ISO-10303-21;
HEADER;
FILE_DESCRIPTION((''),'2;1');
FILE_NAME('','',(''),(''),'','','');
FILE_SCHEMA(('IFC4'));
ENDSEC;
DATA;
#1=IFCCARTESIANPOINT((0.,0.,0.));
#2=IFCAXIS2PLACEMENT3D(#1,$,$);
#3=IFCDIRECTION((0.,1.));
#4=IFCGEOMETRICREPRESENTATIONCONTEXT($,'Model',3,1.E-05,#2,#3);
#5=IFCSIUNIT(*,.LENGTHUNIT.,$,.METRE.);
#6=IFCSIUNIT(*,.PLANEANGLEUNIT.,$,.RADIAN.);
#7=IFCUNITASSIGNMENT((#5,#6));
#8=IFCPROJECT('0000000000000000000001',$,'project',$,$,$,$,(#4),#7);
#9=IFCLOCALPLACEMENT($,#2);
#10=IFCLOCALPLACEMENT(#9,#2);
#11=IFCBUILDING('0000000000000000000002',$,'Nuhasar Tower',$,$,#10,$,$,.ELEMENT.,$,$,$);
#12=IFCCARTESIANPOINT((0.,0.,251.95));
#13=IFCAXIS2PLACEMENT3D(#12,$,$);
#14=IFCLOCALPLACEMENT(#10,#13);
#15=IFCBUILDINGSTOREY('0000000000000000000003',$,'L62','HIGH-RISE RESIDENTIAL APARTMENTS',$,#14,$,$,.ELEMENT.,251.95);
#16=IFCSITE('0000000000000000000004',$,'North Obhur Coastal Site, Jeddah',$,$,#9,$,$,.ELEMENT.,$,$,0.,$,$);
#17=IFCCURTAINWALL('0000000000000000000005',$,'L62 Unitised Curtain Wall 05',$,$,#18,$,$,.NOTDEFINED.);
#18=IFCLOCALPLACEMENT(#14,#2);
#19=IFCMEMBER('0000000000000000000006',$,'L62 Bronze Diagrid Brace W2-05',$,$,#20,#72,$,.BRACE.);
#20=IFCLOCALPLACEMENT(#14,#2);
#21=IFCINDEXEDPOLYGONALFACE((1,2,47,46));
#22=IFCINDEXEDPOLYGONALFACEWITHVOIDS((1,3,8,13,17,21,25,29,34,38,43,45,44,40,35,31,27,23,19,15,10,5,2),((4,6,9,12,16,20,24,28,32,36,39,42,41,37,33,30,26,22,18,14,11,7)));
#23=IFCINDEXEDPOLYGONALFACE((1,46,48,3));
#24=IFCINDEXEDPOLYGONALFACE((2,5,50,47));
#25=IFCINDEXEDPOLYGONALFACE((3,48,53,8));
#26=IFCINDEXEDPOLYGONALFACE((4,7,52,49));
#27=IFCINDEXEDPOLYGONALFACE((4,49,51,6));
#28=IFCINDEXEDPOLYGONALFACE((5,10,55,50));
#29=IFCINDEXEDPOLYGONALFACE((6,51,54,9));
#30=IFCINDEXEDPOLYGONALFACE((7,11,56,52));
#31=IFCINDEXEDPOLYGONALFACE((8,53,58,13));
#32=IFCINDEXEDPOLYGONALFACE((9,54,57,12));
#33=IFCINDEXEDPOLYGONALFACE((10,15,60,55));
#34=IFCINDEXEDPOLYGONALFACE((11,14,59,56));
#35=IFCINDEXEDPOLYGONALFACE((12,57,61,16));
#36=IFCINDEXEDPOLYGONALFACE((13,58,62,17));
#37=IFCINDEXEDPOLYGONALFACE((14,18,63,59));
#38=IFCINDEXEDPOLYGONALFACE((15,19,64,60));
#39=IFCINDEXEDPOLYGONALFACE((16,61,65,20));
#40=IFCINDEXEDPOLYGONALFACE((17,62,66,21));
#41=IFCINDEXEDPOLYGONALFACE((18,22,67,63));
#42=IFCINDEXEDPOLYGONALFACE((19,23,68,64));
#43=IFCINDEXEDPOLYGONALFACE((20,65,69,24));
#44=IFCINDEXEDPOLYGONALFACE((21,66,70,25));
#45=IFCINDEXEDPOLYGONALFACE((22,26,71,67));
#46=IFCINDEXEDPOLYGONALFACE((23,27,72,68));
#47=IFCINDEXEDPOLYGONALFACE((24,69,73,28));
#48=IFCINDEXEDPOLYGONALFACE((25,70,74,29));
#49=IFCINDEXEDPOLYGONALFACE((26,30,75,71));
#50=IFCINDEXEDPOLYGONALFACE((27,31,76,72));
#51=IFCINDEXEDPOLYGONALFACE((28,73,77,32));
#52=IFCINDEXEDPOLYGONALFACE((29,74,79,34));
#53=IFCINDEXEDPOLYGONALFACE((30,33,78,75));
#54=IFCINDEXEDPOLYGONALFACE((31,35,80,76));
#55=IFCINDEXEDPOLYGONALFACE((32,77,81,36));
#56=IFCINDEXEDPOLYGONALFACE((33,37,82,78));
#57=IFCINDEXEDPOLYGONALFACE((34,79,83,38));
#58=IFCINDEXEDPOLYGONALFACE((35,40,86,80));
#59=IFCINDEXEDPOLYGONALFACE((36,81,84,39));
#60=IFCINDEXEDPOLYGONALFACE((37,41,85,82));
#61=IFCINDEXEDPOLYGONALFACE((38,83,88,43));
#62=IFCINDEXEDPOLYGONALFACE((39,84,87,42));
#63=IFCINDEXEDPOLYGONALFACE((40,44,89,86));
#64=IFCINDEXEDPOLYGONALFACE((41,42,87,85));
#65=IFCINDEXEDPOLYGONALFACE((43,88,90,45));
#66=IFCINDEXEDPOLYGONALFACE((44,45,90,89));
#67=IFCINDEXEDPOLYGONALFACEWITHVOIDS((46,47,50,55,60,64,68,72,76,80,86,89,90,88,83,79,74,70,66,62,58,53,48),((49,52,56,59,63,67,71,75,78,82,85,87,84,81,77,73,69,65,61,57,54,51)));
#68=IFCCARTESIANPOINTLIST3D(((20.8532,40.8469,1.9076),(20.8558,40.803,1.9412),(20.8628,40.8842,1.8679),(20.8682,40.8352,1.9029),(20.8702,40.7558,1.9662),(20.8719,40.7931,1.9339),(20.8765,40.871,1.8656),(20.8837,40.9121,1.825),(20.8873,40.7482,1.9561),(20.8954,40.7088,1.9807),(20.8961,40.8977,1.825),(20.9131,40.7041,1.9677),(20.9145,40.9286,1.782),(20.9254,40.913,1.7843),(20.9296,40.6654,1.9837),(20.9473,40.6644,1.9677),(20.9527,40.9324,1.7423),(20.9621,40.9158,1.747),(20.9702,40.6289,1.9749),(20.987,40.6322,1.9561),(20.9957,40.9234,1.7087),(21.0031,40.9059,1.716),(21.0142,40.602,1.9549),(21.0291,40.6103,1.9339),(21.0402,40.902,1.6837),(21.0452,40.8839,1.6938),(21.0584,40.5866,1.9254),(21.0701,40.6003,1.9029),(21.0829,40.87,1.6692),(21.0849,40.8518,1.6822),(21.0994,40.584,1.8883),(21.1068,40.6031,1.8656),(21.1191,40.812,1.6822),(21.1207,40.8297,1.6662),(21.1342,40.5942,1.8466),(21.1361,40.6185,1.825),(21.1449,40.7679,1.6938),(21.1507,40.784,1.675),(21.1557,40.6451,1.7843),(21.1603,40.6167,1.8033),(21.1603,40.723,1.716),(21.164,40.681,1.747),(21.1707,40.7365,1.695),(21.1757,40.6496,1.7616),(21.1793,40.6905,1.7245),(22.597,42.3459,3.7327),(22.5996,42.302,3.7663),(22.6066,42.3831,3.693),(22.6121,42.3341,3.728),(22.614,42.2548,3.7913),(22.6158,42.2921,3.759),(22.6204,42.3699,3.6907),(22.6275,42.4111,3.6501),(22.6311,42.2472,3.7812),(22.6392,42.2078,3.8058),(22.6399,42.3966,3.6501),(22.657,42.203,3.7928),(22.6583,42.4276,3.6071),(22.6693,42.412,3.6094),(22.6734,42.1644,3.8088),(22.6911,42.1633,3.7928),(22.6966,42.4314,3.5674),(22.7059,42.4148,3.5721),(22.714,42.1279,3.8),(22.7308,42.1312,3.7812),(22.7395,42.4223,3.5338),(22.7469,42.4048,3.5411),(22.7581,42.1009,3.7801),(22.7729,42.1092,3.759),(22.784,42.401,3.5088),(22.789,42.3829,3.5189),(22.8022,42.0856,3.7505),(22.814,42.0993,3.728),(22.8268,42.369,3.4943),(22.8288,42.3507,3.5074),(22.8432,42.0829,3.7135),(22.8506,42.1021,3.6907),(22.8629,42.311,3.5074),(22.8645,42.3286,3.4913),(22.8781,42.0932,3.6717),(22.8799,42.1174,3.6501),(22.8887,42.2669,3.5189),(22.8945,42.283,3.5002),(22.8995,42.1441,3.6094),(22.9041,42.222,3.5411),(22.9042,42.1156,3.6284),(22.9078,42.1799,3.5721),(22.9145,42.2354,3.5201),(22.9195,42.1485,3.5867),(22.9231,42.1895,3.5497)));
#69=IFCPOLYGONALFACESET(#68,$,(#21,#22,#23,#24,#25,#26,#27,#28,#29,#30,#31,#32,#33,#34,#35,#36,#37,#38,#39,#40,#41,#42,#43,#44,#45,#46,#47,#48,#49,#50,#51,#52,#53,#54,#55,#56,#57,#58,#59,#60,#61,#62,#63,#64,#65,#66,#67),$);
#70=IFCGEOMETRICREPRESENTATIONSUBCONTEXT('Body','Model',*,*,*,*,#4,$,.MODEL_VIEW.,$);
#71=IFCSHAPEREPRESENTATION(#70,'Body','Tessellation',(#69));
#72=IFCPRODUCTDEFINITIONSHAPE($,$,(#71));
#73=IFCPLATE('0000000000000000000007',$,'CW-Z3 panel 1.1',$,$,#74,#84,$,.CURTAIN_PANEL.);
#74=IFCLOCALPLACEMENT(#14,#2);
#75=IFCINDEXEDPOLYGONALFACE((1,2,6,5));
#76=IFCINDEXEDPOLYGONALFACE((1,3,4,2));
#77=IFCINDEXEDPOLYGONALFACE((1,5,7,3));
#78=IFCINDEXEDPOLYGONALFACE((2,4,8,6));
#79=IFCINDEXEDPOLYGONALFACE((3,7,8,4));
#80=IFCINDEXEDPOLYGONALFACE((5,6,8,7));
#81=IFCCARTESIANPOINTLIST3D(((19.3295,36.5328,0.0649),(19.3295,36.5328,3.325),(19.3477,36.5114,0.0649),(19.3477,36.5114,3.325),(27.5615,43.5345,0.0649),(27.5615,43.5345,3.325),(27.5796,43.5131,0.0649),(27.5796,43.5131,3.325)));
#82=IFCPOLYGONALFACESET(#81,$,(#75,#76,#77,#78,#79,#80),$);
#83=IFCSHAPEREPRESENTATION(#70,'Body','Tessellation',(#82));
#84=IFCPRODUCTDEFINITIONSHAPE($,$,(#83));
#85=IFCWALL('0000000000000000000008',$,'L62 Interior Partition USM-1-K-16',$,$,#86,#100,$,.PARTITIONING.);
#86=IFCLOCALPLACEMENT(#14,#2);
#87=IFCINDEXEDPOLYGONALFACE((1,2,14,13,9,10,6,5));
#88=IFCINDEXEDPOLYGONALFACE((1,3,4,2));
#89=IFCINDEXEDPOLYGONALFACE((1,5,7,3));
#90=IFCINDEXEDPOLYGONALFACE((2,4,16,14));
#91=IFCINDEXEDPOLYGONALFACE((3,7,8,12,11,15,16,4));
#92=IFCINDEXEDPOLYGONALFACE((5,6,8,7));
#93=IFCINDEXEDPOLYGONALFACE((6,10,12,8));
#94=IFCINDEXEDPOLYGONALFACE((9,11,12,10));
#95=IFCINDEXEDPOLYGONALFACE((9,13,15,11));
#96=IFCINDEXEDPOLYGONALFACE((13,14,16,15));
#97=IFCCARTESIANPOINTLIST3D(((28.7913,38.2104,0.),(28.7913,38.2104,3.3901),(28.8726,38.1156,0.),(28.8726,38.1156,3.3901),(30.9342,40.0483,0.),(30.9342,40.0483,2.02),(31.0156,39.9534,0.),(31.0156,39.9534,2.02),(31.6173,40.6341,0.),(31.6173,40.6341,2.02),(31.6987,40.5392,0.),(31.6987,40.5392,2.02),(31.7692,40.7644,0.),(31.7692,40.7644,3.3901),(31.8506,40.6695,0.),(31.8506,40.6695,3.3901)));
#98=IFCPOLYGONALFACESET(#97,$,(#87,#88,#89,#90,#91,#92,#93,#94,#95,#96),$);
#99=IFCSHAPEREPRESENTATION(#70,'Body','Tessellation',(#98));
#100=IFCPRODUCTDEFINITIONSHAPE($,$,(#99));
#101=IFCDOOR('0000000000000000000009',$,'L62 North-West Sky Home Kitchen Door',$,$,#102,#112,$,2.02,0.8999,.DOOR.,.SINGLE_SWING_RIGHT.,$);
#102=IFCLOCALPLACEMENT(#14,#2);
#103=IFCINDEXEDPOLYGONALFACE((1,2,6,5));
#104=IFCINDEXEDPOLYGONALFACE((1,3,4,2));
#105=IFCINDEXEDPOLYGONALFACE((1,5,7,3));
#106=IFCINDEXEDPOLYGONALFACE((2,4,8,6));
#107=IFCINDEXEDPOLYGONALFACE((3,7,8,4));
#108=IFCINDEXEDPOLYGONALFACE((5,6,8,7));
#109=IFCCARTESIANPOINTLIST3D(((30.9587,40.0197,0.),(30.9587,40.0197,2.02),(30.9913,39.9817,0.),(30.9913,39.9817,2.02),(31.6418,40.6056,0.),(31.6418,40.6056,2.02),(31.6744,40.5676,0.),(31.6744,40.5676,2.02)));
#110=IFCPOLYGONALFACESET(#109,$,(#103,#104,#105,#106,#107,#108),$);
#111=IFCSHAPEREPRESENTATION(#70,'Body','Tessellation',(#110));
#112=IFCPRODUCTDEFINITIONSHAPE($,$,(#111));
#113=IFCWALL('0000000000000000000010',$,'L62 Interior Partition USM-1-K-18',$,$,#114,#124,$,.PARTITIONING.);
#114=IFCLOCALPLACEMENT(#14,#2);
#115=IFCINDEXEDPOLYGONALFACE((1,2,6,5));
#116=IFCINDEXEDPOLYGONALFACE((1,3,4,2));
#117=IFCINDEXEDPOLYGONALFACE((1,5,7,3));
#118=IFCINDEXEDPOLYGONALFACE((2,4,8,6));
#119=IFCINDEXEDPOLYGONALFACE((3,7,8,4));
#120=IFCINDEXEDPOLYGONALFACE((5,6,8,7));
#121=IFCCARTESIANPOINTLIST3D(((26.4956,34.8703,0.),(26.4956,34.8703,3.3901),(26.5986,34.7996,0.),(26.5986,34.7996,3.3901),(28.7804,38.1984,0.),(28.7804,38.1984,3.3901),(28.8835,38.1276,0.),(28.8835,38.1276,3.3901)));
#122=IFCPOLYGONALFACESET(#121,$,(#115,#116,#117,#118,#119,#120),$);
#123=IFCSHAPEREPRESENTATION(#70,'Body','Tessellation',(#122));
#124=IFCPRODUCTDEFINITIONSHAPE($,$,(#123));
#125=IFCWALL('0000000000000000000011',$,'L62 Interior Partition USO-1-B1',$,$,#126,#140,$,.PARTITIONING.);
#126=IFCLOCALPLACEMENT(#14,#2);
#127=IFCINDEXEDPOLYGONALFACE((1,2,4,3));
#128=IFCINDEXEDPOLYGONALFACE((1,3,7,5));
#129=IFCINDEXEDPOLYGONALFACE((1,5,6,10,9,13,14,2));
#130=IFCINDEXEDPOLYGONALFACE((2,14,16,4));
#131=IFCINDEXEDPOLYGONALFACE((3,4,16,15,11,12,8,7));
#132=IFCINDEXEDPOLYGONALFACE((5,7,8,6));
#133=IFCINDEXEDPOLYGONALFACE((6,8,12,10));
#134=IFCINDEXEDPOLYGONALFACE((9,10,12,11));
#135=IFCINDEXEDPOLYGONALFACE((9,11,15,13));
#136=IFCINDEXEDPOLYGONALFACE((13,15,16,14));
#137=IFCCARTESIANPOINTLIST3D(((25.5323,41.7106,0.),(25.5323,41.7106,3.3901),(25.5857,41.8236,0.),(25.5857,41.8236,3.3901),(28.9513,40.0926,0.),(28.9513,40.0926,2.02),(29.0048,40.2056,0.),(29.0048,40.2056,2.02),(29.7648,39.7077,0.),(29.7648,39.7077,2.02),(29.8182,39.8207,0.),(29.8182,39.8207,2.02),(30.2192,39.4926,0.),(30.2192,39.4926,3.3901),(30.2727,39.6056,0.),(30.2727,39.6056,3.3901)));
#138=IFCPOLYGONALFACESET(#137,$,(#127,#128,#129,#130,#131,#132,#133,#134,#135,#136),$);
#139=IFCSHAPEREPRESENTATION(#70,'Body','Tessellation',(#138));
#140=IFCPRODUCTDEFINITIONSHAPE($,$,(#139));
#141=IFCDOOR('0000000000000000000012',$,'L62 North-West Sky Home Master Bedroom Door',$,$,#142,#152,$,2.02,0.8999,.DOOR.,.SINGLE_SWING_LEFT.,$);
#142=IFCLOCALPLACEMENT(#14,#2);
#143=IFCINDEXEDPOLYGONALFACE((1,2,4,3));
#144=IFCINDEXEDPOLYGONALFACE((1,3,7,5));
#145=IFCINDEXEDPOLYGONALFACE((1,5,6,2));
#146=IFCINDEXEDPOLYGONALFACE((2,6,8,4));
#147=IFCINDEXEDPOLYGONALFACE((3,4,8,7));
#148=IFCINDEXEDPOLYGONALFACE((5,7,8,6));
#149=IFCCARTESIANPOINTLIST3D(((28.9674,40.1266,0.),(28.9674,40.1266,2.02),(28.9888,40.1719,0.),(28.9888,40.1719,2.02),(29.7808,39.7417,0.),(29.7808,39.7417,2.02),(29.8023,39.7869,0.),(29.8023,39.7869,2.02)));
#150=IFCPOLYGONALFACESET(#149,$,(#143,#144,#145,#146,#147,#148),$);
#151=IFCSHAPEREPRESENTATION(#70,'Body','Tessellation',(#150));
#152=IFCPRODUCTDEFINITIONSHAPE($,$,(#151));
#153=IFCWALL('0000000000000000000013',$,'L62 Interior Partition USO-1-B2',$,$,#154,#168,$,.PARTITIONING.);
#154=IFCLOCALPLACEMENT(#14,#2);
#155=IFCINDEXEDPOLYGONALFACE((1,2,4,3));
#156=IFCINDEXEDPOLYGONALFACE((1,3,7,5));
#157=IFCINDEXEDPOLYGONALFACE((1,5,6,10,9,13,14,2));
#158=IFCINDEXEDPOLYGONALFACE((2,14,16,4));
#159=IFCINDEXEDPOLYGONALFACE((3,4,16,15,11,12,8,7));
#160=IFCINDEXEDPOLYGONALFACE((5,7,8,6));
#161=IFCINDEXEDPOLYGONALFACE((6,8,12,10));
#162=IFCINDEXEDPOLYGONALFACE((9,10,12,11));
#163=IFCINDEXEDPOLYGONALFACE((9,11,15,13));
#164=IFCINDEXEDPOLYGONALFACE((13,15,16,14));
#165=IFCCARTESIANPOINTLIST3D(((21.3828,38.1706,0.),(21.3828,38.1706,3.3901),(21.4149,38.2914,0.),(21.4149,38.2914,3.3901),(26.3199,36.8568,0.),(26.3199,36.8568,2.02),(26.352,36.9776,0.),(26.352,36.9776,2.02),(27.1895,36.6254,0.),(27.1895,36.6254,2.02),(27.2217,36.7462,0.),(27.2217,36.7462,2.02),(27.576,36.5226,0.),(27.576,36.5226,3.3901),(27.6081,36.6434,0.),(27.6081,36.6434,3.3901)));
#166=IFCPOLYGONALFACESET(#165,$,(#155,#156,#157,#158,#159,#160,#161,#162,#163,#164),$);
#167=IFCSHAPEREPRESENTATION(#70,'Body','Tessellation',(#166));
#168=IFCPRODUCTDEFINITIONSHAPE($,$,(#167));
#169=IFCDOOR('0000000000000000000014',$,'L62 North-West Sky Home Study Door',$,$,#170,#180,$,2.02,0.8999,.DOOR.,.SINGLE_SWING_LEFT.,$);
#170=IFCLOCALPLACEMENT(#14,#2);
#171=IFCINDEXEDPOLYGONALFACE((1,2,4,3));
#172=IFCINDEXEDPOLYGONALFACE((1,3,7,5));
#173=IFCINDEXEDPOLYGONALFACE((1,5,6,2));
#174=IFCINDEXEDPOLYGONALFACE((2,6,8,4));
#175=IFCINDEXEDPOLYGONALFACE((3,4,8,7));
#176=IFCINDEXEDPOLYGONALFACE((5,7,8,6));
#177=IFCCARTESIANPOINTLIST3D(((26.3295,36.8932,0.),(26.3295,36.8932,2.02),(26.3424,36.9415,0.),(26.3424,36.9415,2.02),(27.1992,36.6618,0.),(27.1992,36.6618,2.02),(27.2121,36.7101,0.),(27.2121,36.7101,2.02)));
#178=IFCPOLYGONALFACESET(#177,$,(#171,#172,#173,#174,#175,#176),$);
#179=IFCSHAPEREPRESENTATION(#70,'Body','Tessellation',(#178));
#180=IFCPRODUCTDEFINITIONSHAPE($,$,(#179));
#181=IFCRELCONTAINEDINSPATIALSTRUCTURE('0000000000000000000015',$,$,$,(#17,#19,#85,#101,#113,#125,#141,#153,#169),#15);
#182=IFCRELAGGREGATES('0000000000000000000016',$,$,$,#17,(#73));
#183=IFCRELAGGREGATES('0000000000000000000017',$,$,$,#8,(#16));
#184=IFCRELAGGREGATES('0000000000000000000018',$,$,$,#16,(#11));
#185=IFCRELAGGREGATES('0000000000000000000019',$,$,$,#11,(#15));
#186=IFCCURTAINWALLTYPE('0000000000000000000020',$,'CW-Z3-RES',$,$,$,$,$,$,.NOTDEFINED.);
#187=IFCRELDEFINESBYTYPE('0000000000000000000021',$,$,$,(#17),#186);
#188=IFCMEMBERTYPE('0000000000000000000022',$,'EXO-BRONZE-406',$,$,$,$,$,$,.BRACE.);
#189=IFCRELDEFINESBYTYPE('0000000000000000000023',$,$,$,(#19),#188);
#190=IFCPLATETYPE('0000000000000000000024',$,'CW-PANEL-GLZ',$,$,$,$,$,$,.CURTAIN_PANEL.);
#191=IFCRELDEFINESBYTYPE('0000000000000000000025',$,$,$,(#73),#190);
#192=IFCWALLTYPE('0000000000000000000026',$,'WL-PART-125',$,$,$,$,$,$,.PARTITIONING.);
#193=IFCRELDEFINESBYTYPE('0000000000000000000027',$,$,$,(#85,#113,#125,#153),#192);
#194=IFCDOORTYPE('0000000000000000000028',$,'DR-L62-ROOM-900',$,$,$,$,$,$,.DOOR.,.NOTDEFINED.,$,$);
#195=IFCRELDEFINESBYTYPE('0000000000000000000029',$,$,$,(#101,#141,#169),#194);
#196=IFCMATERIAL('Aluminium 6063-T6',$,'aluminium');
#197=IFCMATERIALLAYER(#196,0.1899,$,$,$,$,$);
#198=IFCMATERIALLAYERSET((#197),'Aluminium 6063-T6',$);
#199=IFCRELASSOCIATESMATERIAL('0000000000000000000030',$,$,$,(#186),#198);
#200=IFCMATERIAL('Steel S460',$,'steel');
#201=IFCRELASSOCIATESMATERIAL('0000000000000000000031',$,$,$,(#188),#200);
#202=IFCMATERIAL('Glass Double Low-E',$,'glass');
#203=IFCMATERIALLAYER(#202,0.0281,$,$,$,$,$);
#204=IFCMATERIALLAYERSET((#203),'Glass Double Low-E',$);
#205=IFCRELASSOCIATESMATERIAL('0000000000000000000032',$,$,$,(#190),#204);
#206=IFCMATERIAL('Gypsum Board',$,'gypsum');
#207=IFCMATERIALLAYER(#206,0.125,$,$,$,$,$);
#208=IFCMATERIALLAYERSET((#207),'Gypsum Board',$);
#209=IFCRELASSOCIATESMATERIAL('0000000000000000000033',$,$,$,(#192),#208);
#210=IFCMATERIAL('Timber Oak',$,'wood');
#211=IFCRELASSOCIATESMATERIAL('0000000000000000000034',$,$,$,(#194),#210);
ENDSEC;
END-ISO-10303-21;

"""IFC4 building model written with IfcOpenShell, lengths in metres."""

from ifc_helpers import new_model, si_unit, direction, frame, frame_2d, origin, origin_2d, place, context, subcontext, project, spatial, rectangle, hollow_circle, extrude, material, layer, layer_set, material_profile, profile_set, type_object, element, fill, aggregate, save


model = new_model("IFC4")

# Units and contexts
model_context = context("Model", 3, precision=1e-05, world=origin(), true_north=direction((0.0, 1.0)))
body_context = subcontext(model_context, "Body", "Model", "MODEL_VIEW")
ifc_project = project(units=[si_unit("LENGTHUNIT", "METRE"), si_unit("PLANEANGLEUNIT", "RADIAN")], contexts=[model_context])

# Site, building, storey
site_placement = place(None, origin())
site = spatial("IfcSite", under=ifc_project, at=site_placement, Name="North Obhur Coastal Site, Jeddah", CompositionType="ELEMENT", RefElevation=0.0)
building_placement = place(site_placement, origin())
building = spatial("IfcBuilding", under=site, at=building_placement, Name="Nuhasar Tower", CompositionType="ELEMENT")
storey_placement = place(building_placement, frame((0.0, 0.0, 251.95)))
storey = spatial("IfcBuildingStorey", under=building, at=storey_placement, Name="L62", Description="HIGH-RISE RESIDENTIAL APARTMENTS", CompositionType="ELEMENT", Elevation=251.95)

# Shared definitions
ifc_material_1 = material(Name="Aluminium 6063-T6", Category="aluminium")
ifc_layer_1 = layer(ifc_material_1, 0.1899)
ifc_layer_set_1 = layer_set([ifc_layer_1], Name="Aluminium 6063-T6")
curtain_wall_type = type_object("IfcCurtainWallType", Name="CW-Z3-RES", PredefinedType="NOTDEFINED", material=ifc_layer_set_1)

# Curtain wall
curtain_wall_1_placement = place(storey_placement, origin())
curtain_wall_1 = element("IfcCurtainWall", 1, at=curtain_wall_1_placement, inside=storey, type_object=curtain_wall_type, Name="L62 Unitised Curtain Wall 05", PredefinedType="NOTDEFINED")

# Member
ifc_material_2 = material(Name="Steel S460", Category="steel")
ifc_material_profile_1 = material_profile(ifc_material_2, hollow_circle(Radius=0.2031, WallThickness=0.019, at=origin_2d()), Name="HSS406.4X19.1")
ifc_profile_set_1 = profile_set([ifc_material_profile_1], Name="Steel S460")
member_type_1 = type_object("IfcMemberType", Name="EXO-BRONZE-406", PredefinedType="BRACE", material=ifc_profile_set_1)
for number, where, z_axis, x_axis, name in (
    (2, (21.0161, 40.7581, 1.825), (0.593988, 0.510582, 0.621679), (-0.651857, 0.758342, 0.0), "L62 Bronze Diagrid Brace W2-05"),
):
    element("IfcMember", number, at=place(storey_placement, frame(where, z_axis=z_axis, x_axis=x_axis)), inside=storey, type_object=member_type_1, Name=name, PredefinedType="BRACE", context=body_context, shape_type="SweptSolid", body=[
        extrude(hollow_circle(Radius=0.2031, WallThickness=0.019, at=origin_2d()), origin(), (0.0, 0.0, 1.0), 2.9358),
    ])

# Plate
ifc_material_3 = material(Name="Glass Double Low-E", Category="glass")
ifc_layer_2 = layer(ifc_material_3, 0.0281)
ifc_layer_set_2 = layer_set([ifc_layer_2], Name="Glass Double Low-E")
plate_type = type_object("IfcPlateType", Name="CW-PANEL-GLZ", PredefinedType="CURTAIN_PANEL", material=ifc_layer_set_2)
plate_placement = place(storey_placement, frame((23.4546, 40.0229, 0.0649), z_axis=(0.0, 0.0, 1.0), x_axis=(-0.761729, -0.647895, 0.0)))
plate = element("IfcPlate", 3, at=plate_placement, type_object=plate_type, Name="CW-Z3 panel 1.1", PredefinedType="CURTAIN_PANEL", context=body_context, shape_type="SweptSolid", body=[
    extrude(rectangle(XDim=10.8069, YDim=0.0281, at=origin_2d()), origin(), (0.0, 0.0, 1.0), 3.26),
])
aggregate(curtain_wall_1, [plate])

# Wall, opening, door
ifc_material_4 = material(Name="Gypsum Board", Category="gypsum")
ifc_layer_3 = layer(ifc_material_4, 0.125)
ifc_layer_set_3 = layer_set([ifc_layer_3], Name="Gypsum Board")
wall_type = type_object("IfcWallType", Name="WL-PART-125", PredefinedType="PARTITIONING", material=ifc_layer_set_3)
wall_1_placement = place(storey_placement, frame((28.832, 38.1631, 0.0), z_axis=(0.0, 0.0, 1.0), x_axis=(0.759085, 0.650991, 0.0)))
wall_1 = element("IfcWall", 4, at=wall_1_placement, inside=storey, type_object=wall_type, Name="L62 Interior Partition USM-1-K-16", PredefinedType="PARTITIONING", context=body_context, shape_type="SweptSolid", body=[
    extrude(rectangle(XDim=3.9231, YDim=0.125, at=frame_2d((1.9614, 0.0))), origin(), (0.0, 0.0, 1.0), 3.3901),
])
opening_1_placement = place(wall_1_placement, frame((2.823, 0.0, 0.0)))
opening_1 = element("IfcOpeningElement", 5, at=opening_1_placement, cuts=wall_1, PredefinedType="OPENING", context=body_context, shape_type="SweptSolid", body=[
    extrude(rectangle(XDim=0.8999, YDim=2.02, at=frame_2d((0.45, 1.01))), frame((0.0, 0.0725, 0.0), z_axis=(0.0, -1.0, 0.0), x_axis=(1.0, 0.0, 0.0)), (0.0, 0.0, 1.0), 0.145),
])
ifc_material_5 = material(Name="Timber Oak", Category="wood")
door_type = type_object("IfcDoorType", Name="DR-L62-ROOM-900", OperationType="NOTDEFINED", PredefinedType="DOOR", material=ifc_material_5)
door_1_placement = place(opening_1_placement, origin())
door_1 = element("IfcDoor", 6, at=door_1_placement, inside=storey, type_object=door_type, Name="L62 North-West Sky Home Kitchen Door", OperationType="SINGLE_SWING_RIGHT", OverallHeight=2.02, OverallWidth=0.8999, PredefinedType="DOOR", context=body_context, shape_type="SweptSolid", body=[
    extrude(rectangle(XDim=0.8999, YDim=2.02, at=frame_2d((0.45, 1.01))), frame((0.0, 0.0249, 0.0), z_axis=(0.0, -1.0, 0.0), x_axis=(1.0, 0.0, 0.0)), (0.0, 0.0, 1.0), 0.05),
])
fill(opening_1, door_1)

# Wall
wall_2_placement = place(storey_placement, frame((28.832, 38.1631, 0.0), z_axis=(0.0, 0.0, 1.0), x_axis=(-0.565995, -0.824409, 0.0)))
element("IfcWall", 7, at=wall_2_placement, inside=storey, type_object=wall_type, Name="L62 Interior Partition USM-1-K-18", PredefinedType="PARTITIONING", context=body_context, shape_type="SweptSolid", body=[
    extrude(rectangle(XDim=4.0369, YDim=0.125, at=frame_2d((2.0186, 0.0))), origin(), (0.0, 0.0, 1.0), 3.3901),
])

# Walls, openings, doors
wall_3_placement = place(storey_placement, frame((30.2461, 39.5491, 0.0), z_axis=(0.0, 0.0, 1.0), x_axis=(-0.903898, 0.427748, 0.0)))
wall_3 = element("IfcWall", 8, at=wall_3_placement, inside=storey, type_object=wall_type, Name="L62 Interior Partition USO-1-B1", PredefinedType="PARTITIONING", context=body_context, shape_type="SweptSolid", body=[
    extrude(rectangle(XDim=5.1853, YDim=0.125, at=frame_2d((2.5928, 0.0))), origin(), (0.0, 0.0, 1.0), 3.3901),
])
opening_2_placement = place(wall_3_placement, frame((0.5029, 0.0, 0.0)))
opening_2 = element("IfcOpeningElement", 9, at=opening_2_placement, cuts=wall_3, PredefinedType="OPENING", context=body_context, shape_type="SweptSolid", body=[
    extrude(rectangle(XDim=0.8999, YDim=2.02, at=frame_2d((0.45, 1.01))), frame((0.0, 0.0725, 0.0), z_axis=(0.0, -1.0, 0.0), x_axis=(1.0, 0.0, 0.0)), (0.0, 0.0, 1.0), 0.145),
])
door_2_placement = place(opening_2_placement, origin())
door_2 = element("IfcDoor", 10, at=door_2_placement, inside=storey, type_object=door_type, Name="L62 North-West Sky Home Master Bedroom Door", OperationType="SINGLE_SWING_LEFT", OverallHeight=2.02, OverallWidth=0.8999, PredefinedType="DOOR", context=body_context, shape_type="SweptSolid", body=[
    extrude(rectangle(XDim=0.8999, YDim=2.02, at=frame_2d((0.45, 1.01))), frame((0.0, 0.0249, 0.0), z_axis=(0.0, -1.0, 0.0), x_axis=(1.0, 0.0, 0.0)), (0.0, 0.0, 1.0), 0.05),
])
fill(opening_2, door_2)
wall_4_placement = place(storey_placement, frame((27.592, 36.583, 0.0), z_axis=(0.0, 0.0, 1.0), x_axis=(-0.966373, 0.257146, 0.0)))
wall_4 = element("IfcWall", 11, at=wall_4_placement, inside=storey, type_object=wall_type, Name="L62 Interior Partition USO-1-B2", PredefinedType="PARTITIONING", context=body_context, shape_type="SweptSolid", body=[
    extrude(rectangle(XDim=6.4087, YDim=0.125, at=frame_2d((3.2043, 0.0))), origin(), (0.0, 0.0, 1.0), 3.3901),
])
opening_3_placement = place(wall_4_placement, frame((0.3999, 0.0, 0.0)))
opening_3 = element("IfcOpeningElement", 12, at=opening_3_placement, cuts=wall_4, PredefinedType="OPENING", context=body_context, shape_type="SweptSolid", body=[
    extrude(rectangle(XDim=0.8999, YDim=2.02, at=frame_2d((0.45, 1.01))), frame((0.0, 0.0725, 0.0), z_axis=(0.0, -1.0, 0.0), x_axis=(1.0, 0.0, 0.0)), (0.0, 0.0, 1.0), 0.145),
])
door_3_placement = place(opening_3_placement, origin())
door_3 = element("IfcDoor", 13, at=door_3_placement, inside=storey, type_object=door_type, Name="L62 North-West Sky Home Study Door", OperationType="SINGLE_SWING_LEFT", OverallHeight=2.02, OverallWidth=0.8999, PredefinedType="DOOR", context=body_context, shape_type="SweptSolid", body=[
    extrude(rectangle(XDim=0.8999, YDim=2.02, at=frame_2d((0.45, 1.01))), frame((0.0, 0.0249, 0.0), z_axis=(0.0, -1.0, 0.0), x_axis=(1.0, 0.0, 0.0)), (0.0, 0.0, 1.0), 0.05),
])
fill(opening_3, door_3)

save(model, "model.ifc")
